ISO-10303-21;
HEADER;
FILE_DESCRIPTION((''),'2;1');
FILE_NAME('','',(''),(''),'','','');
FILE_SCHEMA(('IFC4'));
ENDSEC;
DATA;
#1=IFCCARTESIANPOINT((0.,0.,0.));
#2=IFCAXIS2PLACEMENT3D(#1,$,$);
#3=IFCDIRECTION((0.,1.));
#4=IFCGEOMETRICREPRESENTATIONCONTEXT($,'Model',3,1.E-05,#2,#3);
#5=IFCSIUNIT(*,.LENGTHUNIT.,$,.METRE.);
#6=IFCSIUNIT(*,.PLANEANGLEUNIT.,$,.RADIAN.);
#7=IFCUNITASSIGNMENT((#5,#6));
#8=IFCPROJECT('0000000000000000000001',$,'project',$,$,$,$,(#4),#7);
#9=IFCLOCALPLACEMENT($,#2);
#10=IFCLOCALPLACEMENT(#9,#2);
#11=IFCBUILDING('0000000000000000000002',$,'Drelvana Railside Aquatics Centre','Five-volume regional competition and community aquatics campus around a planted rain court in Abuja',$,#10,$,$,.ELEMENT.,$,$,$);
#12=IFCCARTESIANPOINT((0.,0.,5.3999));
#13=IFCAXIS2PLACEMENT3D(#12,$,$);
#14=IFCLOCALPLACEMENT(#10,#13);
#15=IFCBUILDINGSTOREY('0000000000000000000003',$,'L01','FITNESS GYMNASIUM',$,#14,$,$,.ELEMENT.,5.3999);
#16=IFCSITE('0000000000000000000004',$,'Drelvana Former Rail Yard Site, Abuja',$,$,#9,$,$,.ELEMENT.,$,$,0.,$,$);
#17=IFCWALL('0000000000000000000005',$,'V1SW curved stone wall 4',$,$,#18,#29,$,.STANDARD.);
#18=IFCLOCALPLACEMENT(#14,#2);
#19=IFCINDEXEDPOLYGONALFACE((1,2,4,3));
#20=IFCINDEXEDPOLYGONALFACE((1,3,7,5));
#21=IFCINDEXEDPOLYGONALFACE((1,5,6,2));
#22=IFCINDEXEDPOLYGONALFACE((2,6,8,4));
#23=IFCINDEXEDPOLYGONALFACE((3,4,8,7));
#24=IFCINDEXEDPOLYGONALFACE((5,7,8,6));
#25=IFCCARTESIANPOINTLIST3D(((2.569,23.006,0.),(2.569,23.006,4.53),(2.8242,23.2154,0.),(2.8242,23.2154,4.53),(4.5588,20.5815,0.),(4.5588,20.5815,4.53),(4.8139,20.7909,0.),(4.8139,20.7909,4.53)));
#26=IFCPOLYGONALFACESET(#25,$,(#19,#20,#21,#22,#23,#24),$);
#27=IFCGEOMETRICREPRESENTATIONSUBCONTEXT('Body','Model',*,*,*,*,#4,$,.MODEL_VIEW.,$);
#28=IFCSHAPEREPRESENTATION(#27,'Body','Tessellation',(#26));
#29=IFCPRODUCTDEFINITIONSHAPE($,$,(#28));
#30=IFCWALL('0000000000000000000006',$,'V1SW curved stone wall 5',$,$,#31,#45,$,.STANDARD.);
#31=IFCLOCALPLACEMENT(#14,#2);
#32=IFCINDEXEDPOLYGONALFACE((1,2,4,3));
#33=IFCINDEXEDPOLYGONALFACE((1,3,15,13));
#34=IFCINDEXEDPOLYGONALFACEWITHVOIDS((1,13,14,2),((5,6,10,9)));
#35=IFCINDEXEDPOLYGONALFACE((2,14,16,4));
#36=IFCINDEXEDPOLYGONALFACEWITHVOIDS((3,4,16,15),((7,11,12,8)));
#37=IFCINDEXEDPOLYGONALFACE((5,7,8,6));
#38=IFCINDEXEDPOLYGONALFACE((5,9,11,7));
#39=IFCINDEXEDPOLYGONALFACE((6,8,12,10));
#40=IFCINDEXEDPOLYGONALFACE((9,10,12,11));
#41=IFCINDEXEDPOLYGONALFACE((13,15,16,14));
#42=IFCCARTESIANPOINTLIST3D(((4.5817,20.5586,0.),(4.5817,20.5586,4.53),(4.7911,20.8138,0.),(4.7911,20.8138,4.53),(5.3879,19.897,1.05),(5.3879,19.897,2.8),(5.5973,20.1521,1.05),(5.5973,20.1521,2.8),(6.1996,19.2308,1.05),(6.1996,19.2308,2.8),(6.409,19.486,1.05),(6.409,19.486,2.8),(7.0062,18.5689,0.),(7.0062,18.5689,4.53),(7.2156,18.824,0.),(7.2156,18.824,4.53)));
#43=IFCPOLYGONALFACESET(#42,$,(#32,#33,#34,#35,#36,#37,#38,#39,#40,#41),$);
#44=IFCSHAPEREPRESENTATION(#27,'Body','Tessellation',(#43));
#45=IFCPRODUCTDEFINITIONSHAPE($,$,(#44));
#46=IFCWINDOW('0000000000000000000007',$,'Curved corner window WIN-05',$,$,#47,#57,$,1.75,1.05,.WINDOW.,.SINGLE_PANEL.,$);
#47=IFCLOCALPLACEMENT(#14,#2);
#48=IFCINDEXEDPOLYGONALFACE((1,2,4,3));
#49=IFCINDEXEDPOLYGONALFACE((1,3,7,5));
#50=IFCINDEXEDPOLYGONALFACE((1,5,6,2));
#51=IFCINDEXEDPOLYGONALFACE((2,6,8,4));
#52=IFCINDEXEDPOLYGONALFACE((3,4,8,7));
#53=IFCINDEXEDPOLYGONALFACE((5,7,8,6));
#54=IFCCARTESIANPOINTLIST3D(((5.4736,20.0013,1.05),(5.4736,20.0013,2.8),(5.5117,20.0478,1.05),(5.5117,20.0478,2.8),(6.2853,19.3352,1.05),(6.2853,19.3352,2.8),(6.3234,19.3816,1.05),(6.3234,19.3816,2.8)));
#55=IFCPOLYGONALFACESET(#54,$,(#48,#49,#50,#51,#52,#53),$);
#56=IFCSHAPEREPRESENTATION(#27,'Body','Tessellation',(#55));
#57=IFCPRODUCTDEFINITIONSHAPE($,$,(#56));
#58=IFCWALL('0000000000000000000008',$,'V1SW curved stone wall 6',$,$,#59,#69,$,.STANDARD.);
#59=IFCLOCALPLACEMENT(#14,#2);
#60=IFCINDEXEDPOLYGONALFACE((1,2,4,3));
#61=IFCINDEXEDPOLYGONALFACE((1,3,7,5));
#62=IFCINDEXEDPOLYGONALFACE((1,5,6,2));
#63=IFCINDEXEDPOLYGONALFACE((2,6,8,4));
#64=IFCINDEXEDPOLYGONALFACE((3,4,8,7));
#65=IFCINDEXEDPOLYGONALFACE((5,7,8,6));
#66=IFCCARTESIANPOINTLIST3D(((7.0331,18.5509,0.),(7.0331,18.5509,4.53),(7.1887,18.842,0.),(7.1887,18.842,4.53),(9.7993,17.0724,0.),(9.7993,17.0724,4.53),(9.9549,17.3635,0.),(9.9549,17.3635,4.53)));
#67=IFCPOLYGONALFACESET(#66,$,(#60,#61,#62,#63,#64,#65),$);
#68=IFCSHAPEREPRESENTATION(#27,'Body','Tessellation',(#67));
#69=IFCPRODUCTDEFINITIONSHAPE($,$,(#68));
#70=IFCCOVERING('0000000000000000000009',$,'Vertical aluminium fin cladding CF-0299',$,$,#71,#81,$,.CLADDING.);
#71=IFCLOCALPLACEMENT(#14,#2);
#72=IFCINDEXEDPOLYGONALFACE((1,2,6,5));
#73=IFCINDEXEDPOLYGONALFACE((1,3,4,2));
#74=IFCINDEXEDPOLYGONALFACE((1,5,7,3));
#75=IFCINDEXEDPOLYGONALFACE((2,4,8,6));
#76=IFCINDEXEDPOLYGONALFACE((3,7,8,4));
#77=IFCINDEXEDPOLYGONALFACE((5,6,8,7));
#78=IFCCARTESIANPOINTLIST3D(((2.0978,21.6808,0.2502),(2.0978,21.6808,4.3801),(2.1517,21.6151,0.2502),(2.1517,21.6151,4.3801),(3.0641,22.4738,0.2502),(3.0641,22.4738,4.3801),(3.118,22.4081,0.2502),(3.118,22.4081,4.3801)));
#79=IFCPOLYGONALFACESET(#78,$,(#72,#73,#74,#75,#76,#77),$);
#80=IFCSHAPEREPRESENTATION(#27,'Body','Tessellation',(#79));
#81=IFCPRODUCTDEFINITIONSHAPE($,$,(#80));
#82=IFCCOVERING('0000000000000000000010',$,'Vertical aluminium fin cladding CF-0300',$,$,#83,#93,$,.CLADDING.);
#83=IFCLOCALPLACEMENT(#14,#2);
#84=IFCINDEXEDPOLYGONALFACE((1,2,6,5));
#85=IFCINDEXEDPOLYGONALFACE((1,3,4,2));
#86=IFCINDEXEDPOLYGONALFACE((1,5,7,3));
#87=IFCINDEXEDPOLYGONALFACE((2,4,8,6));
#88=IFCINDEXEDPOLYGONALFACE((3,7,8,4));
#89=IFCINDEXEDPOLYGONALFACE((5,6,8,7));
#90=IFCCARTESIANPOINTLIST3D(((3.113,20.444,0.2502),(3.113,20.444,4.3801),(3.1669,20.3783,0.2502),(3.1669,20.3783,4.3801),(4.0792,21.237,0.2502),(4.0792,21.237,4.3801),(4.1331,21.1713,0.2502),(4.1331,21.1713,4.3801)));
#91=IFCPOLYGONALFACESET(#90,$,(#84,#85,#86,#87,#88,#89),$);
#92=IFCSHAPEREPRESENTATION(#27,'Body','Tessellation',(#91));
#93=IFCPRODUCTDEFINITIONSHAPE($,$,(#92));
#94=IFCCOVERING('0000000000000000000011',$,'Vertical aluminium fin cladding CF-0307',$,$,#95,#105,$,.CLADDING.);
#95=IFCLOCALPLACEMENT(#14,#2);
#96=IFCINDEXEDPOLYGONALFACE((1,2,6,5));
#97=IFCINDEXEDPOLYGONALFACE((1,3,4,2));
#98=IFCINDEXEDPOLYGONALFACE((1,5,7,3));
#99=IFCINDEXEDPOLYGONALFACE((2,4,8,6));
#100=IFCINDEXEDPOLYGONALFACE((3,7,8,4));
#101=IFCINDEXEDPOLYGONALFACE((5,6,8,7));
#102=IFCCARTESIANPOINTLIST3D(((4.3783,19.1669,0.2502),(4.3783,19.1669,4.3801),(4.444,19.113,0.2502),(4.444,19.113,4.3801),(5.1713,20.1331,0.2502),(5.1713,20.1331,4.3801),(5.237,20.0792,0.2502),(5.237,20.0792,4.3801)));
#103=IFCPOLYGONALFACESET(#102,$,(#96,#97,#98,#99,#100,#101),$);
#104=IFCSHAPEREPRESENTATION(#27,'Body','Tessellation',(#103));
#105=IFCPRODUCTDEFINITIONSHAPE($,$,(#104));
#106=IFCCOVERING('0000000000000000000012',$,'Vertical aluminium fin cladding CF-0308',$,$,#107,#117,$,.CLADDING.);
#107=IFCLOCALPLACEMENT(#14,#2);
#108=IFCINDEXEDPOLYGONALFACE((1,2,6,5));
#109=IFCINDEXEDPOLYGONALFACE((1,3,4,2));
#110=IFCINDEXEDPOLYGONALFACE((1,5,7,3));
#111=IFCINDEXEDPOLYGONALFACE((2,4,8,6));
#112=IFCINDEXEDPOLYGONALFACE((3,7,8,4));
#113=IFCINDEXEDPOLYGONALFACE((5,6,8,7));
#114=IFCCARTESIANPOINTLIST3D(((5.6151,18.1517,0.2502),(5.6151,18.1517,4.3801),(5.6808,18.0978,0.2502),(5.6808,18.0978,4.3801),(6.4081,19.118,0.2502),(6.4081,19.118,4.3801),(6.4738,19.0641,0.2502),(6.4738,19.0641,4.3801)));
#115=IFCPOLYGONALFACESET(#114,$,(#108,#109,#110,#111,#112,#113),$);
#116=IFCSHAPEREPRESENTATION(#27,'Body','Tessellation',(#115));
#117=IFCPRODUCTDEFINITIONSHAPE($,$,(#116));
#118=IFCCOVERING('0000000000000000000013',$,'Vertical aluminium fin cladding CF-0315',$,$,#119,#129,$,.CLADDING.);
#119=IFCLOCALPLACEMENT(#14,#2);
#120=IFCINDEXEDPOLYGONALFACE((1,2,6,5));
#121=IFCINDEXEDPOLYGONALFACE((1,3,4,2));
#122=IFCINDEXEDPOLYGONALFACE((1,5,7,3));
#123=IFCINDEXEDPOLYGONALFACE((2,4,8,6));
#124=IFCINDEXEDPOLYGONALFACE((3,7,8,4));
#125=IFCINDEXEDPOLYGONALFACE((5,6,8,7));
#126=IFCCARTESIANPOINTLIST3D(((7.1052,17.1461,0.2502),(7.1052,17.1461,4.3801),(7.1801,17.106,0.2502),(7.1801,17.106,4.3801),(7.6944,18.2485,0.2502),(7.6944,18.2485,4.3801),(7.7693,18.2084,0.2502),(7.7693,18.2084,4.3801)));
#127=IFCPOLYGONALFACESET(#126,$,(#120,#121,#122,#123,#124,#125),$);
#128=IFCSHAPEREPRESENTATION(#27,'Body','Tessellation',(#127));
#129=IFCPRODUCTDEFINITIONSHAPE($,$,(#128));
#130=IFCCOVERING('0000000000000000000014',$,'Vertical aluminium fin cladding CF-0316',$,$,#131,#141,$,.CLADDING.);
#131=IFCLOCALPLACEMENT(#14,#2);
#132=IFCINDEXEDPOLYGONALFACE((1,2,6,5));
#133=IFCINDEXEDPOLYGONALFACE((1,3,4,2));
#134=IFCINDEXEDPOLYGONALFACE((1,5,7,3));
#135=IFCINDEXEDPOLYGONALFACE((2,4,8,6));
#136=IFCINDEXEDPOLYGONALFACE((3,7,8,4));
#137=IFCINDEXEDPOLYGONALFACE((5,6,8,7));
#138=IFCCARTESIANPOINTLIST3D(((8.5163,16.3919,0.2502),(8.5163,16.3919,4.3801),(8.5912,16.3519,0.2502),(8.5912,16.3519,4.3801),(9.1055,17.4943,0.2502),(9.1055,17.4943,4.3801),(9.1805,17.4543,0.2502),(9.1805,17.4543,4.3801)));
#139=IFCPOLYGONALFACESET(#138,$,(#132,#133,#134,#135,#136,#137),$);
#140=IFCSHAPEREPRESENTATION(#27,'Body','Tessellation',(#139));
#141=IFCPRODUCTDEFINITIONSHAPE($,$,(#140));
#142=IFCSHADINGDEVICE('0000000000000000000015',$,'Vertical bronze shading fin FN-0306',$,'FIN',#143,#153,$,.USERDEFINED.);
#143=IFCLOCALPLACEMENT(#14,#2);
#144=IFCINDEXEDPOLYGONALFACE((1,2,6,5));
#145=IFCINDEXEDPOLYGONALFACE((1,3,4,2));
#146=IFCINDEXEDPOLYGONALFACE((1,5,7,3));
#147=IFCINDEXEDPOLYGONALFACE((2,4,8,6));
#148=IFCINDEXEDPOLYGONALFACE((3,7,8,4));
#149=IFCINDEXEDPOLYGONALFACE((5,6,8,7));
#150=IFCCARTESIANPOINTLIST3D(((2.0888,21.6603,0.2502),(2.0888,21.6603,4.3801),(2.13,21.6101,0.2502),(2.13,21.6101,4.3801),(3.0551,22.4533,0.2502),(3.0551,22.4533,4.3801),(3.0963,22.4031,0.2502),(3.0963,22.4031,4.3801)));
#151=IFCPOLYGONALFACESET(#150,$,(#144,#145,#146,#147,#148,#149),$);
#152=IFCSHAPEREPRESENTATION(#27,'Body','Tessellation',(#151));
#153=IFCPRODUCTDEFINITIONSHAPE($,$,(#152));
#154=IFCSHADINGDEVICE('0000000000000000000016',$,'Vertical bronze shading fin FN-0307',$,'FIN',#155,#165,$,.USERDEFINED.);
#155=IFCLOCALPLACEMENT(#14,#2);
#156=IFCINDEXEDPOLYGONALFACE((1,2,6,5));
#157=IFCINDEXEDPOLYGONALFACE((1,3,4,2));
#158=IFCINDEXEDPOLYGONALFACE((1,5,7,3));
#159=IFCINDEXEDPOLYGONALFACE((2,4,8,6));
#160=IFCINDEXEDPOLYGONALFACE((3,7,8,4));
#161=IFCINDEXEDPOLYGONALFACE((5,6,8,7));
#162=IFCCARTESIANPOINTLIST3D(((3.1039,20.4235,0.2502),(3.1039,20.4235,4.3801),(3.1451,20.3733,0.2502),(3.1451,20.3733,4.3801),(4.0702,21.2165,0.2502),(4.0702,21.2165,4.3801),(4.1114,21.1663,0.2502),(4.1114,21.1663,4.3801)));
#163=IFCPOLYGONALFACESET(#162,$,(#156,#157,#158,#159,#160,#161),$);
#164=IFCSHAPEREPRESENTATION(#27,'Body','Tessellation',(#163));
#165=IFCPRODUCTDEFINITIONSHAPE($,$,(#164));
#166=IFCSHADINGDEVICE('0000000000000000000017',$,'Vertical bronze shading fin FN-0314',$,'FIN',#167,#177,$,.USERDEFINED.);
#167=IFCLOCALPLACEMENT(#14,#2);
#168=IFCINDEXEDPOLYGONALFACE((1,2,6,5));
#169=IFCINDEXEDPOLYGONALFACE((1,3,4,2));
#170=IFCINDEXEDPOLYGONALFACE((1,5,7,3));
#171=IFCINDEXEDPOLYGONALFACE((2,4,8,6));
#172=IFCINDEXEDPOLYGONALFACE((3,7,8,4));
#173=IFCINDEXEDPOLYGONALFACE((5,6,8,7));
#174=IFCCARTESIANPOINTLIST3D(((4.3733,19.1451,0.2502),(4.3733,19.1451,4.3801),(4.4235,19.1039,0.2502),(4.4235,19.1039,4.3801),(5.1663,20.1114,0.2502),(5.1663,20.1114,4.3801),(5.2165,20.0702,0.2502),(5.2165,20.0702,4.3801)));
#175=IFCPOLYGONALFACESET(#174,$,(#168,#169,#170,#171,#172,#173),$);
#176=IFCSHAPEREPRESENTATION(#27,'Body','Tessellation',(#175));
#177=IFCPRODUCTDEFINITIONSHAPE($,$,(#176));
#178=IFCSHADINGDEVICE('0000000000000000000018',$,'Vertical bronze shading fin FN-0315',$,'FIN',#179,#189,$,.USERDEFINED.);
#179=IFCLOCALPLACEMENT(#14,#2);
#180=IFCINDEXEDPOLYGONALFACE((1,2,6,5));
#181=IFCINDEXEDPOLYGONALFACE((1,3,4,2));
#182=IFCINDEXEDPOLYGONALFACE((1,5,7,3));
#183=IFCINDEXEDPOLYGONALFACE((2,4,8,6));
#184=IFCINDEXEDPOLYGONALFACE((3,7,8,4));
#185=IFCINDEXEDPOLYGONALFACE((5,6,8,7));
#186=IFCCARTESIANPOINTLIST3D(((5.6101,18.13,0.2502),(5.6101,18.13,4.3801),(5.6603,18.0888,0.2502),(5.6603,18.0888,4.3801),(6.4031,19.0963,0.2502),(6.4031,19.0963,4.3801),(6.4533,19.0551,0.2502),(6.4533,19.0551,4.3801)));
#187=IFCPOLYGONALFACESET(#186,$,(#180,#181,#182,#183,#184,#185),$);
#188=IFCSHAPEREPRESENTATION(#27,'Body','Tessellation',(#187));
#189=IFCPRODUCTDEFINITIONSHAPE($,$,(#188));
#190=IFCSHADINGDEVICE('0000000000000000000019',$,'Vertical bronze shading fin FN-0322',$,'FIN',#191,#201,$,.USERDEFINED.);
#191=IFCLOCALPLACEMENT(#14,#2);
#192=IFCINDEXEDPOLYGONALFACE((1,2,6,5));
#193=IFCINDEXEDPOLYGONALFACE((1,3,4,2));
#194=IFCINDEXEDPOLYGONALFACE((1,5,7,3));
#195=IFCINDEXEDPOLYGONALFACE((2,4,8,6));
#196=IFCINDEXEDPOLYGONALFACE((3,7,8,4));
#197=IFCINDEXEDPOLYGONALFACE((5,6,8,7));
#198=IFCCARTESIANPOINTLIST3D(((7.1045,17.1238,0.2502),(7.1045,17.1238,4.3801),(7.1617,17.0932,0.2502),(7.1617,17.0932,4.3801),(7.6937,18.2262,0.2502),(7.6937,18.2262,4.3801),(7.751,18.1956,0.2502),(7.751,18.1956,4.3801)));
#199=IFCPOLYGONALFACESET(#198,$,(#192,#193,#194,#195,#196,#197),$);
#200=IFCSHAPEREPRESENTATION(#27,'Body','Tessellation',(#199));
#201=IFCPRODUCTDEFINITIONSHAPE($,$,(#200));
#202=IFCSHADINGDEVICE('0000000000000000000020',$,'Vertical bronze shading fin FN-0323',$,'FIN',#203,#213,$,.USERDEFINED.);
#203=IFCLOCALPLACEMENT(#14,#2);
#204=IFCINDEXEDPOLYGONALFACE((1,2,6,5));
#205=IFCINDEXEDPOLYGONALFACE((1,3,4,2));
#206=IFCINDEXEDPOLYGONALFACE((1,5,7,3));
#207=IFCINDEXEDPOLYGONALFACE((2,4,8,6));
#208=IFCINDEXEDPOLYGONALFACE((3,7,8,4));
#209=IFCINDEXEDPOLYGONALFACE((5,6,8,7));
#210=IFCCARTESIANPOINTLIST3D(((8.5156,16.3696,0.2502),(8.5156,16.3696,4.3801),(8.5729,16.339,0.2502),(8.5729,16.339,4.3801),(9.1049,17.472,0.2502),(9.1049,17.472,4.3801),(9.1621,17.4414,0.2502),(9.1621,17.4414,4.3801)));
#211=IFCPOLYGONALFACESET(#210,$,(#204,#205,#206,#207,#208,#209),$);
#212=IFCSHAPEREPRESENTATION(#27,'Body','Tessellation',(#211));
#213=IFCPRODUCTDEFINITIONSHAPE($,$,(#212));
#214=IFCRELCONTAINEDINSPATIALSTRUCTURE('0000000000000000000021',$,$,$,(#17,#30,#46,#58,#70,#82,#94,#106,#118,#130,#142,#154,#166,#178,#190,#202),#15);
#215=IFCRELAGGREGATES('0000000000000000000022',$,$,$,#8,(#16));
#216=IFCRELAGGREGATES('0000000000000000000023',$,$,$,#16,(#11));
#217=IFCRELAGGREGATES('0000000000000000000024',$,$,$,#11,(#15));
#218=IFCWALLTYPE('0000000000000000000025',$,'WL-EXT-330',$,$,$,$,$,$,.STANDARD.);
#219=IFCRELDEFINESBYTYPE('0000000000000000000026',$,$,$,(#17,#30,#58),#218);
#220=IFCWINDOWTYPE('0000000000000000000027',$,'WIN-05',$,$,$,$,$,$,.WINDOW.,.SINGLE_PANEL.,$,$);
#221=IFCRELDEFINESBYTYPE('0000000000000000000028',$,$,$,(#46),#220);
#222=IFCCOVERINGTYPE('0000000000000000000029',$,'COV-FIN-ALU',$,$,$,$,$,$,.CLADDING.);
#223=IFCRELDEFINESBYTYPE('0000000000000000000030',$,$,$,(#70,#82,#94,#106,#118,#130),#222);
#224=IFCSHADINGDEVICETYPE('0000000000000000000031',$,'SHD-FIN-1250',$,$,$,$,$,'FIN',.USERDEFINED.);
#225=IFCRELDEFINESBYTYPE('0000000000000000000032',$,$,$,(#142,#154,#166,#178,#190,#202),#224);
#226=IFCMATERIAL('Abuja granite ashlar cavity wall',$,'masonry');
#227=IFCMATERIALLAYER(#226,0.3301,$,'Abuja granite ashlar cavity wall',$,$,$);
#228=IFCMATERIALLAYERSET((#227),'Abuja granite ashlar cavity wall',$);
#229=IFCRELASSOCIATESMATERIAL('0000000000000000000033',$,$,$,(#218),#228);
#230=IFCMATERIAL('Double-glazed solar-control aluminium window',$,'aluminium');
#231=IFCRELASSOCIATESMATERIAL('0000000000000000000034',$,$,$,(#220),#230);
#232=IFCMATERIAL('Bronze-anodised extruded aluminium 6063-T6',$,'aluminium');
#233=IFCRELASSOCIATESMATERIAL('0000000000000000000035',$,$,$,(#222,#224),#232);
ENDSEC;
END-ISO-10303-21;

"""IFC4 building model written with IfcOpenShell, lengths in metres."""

from ifc_helpers import new_model, si_unit, direction, frame, frame_2d, origin, origin_2d, place, context, subcontext, project, spatial, rectangle, extrude, material, layer, layer_set, type_object, element, fill, save


model = new_model("IFC4")

# Units and contexts
model_context = context("Model", 3, precision=1e-05, world=origin(), true_north=direction((0.0, 1.0)))
body_context = subcontext(model_context, "Body", "Model", "MODEL_VIEW")
ifc_project = project(units=[si_unit("LENGTHUNIT", "METRE"), si_unit("PLANEANGLEUNIT", "RADIAN")], contexts=[model_context])

# Site, building, storey
site_placement = place(None, origin())
site = spatial("IfcSite", under=ifc_project, at=site_placement, Name="Drelvana Former Rail Yard Site, Abuja", CompositionType="ELEMENT", RefElevation=0.0)
building_placement = place(site_placement, origin())
building = spatial("IfcBuilding", under=site, at=building_placement, Name="Drelvana Railside Aquatics Centre", Description="Five-volume regional competition and community aquatics campus around a planted rain court in Abuja", CompositionType="ELEMENT")
storey_placement = place(building_placement, frame((0.0, 0.0, 5.3999)))
storey = spatial("IfcBuildingStorey", under=building, at=storey_placement, Name="L01", Description="FITNESS GYMNASIUM", CompositionType="ELEMENT", Elevation=5.3999)

# Wall
ifc_material_1 = material(Name="Abuja granite ashlar cavity wall", Category="masonry")
ifc_layer = layer(ifc_material_1, 0.3301, Name="Abuja granite ashlar cavity wall")
ifc_layer_set = layer_set([ifc_layer], Name="Abuja granite ashlar cavity wall")
wall_type = type_object("IfcWallType", Name="WL-EXT-330", PredefinedType="STANDARD", material=ifc_layer_set)
wall_1_placement = place(storey_placement, frame((2.6965, 23.1108, 0.0), z_axis=(0.0, 0.0, 1.0), x_axis=(0.634386, -0.773017, 0.0)))
element("IfcWall", 1, at=wall_1_placement, inside=storey, type_object=wall_type, Name="V1SW curved stone wall 4", PredefinedType="STANDARD", context=body_context, shape_type="SweptSolid", body=[
    extrude(rectangle(XDim=3.1365, YDim=0.3301, at=frame_2d((1.5684, 0.0))), origin(), (0.0, 0.0, 1.0), 4.53),
])

# Wall, opening, window
wall_2_placement = place(storey_placement, frame((4.6863, 20.6863, 0.0), z_axis=(0.0, 0.0, 1.0), x_axis=(0.773017, -0.634386, 0.0)))
wall_2 = element("IfcWall", 2, at=wall_2_placement, inside=storey, type_object=wall_type, Name="V1SW curved stone wall 5", PredefinedType="STANDARD", context=body_context, shape_type="SweptSolid", body=[
    extrude(rectangle(XDim=3.1365, YDim=0.3301, at=frame_2d((1.5684, 0.0))), origin(), (0.0, 0.0, 1.0), 4.53),
])
opening_placement = place(wall_2_placement, frame((1.0432, 0.0, 1.05)))
opening = element("IfcOpeningElement", 3, at=opening_placement, cuts=wall_2, PredefinedType="OPENING", context=body_context, shape_type="SweptSolid", body=[
    extrude(rectangle(XDim=1.05, YDim=1.75, at=frame_2d((0.5249, 0.875))), frame((0.0, 0.175, 0.0), z_axis=(0.0, -1.0, 0.0), x_axis=(1.0, 0.0, 0.0)), (0.0, 0.0, 1.0), 0.3501),
])
ifc_material_2 = material(Name="Double-glazed solar-control aluminium window", Category="aluminium")
window_type = type_object("IfcWindowType", Name="WIN-05", PartitioningType="SINGLE_PANEL", PredefinedType="WINDOW", material=ifc_material_2)
window_placement = place(opening_placement, origin())
window = element("IfcWindow", 4, at=window_placement, inside=storey, type_object=window_type, Name="Curved corner window WIN-05", OverallHeight=1.75, OverallWidth=1.05, PartitioningType="SINGLE_PANEL", PredefinedType="WINDOW", context=body_context, shape_type="SweptSolid", body=[
    extrude(rectangle(XDim=1.05, YDim=1.75, at=frame_2d((0.5249, 0.875))), frame((0.0, 0.03, 0.0), z_axis=(0.0, -1.0, 0.0), x_axis=(1.0, 0.0, 0.0)), (0.0, 0.0, 1.0), 0.0601),
])
fill(opening, window)

# Wall
wall_3_placement = place(storey_placement, frame((7.1108, 18.6965, 0.0), z_axis=(0.0, 0.0, 1.0), x_axis=(0.881922, -0.471396, 0.0)))
element("IfcWall", 5, at=wall_3_placement, inside=storey, type_object=wall_type, Name="V1SW curved stone wall 6", PredefinedType="STANDARD", context=body_context, shape_type="SweptSolid", body=[
    extrude(rectangle(XDim=3.1365, YDim=0.3301, at=frame_2d((1.5684, 0.0))), origin(), (0.0, 0.0, 1.0), 4.53),
])

# Coverings
ifc_material_3 = material(Name="Bronze-anodised extruded aluminium 6063-T6", Category="aluminium")
covering_type = type_object("IfcCoveringType", Name="COV-FIN-ALU", PredefinedType="CLADDING", material=ifc_material_3)
for number, where, z_axis, x_axis, name in (
    (6, (2.6079, 22.0444, 0.2502), (0.0, 0.0, 1.0), (-0.634393, 0.77301, 0.0), "Vertical aluminium fin cladding CF-0299"),
    (7, (3.623, 20.8076, 0.2502), (0.0, 0.0, 1.0), (-0.634393, 0.77301, 0.0), "Vertical aluminium fin cladding CF-0300"),
    (8, (4.8076, 19.623, 0.2502), (0.0, 0.0, 1.0), (-0.77301, 0.634393, 0.0), "Vertical aluminium fin cladding CF-0307"),
    (9, (6.0444, 18.6079, 0.2502), (0.0, 0.0, 1.0), (-0.77301, 0.634393, 0.0), "Vertical aluminium fin cladding CF-0308"),
    (10, (7.4373, 17.6772, 0.2502), (0.0, 0.0, 1.0), (-0.881921, 0.471397, 0.0), "Vertical aluminium fin cladding CF-0315"),
    (11, (8.8484, 16.9231, 0.2502), (0.0, 0.0, 1.0), (-0.881921, 0.471397, 0.0), "Vertical aluminium fin cladding CF-0316"),
):
    element("IfcCovering", number, at=place(storey_placement, frame(where, z_axis=z_axis, x_axis=x_axis)), inside=storey, type_object=covering_type, Name=name, PredefinedType="CLADDING", context=body_context, shape_type="SweptSolid", body=[
        extrude(rectangle(XDim=0.085, YDim=1.25, at=origin_2d()), origin(), (0.0, 0.0, 1.0), 4.1299),
    ])

# Shading devices
shading_device_type = type_object("IfcShadingDeviceType", Name="SHD-FIN-1250", ElementType="FIN", PredefinedType="USERDEFINED", material=ifc_material_3)
for number, where, z_axis, x_axis, name in (
    (12, (2.5925, 22.0317, 0.2502), (0.0, 0.0, 1.0), (-0.77301, -0.634393, 0.0), "Vertical bronze shading fin FN-0306"),
    (13, (3.6077, 20.7949, 0.2502), (0.0, 0.0, 1.0), (-0.77301, -0.634393, 0.0), "Vertical bronze shading fin FN-0307"),
    (14, (4.7949, 19.6077, 0.2502), (0.0, 0.0, 1.0), (-0.634393, -0.77301, 0.0), "Vertical bronze shading fin FN-0314"),
    (15, (6.0317, 18.5925, 0.2502), (0.0, 0.0, 1.0), (-0.634393, -0.77301, 0.0), "Vertical bronze shading fin FN-0315"),
    (16, (7.4277, 17.6597, 0.2502), (0.0, 0.0, 1.0), (-0.471397, -0.881921, 0.0), "Vertical bronze shading fin FN-0322"),
    (17, (8.8389, 16.9055, 0.2502), (0.0, 0.0, 1.0), (-0.471397, -0.881921, 0.0), "Vertical bronze shading fin FN-0323"),
):
    element("IfcShadingDevice", number, at=place(storey_placement, frame(where, z_axis=z_axis, x_axis=x_axis)), inside=storey, type_object=shading_device_type, Name=name, ObjectType="FIN", PredefinedType="USERDEFINED", context=body_context, shape_type="SweptSolid", body=[
        extrude(rectangle(XDim=1.25, YDim=0.0649, at=origin_2d()), origin(), (0.0, 0.0, 1.0), 4.1299),
    ])

save(model, "model.ifc")
